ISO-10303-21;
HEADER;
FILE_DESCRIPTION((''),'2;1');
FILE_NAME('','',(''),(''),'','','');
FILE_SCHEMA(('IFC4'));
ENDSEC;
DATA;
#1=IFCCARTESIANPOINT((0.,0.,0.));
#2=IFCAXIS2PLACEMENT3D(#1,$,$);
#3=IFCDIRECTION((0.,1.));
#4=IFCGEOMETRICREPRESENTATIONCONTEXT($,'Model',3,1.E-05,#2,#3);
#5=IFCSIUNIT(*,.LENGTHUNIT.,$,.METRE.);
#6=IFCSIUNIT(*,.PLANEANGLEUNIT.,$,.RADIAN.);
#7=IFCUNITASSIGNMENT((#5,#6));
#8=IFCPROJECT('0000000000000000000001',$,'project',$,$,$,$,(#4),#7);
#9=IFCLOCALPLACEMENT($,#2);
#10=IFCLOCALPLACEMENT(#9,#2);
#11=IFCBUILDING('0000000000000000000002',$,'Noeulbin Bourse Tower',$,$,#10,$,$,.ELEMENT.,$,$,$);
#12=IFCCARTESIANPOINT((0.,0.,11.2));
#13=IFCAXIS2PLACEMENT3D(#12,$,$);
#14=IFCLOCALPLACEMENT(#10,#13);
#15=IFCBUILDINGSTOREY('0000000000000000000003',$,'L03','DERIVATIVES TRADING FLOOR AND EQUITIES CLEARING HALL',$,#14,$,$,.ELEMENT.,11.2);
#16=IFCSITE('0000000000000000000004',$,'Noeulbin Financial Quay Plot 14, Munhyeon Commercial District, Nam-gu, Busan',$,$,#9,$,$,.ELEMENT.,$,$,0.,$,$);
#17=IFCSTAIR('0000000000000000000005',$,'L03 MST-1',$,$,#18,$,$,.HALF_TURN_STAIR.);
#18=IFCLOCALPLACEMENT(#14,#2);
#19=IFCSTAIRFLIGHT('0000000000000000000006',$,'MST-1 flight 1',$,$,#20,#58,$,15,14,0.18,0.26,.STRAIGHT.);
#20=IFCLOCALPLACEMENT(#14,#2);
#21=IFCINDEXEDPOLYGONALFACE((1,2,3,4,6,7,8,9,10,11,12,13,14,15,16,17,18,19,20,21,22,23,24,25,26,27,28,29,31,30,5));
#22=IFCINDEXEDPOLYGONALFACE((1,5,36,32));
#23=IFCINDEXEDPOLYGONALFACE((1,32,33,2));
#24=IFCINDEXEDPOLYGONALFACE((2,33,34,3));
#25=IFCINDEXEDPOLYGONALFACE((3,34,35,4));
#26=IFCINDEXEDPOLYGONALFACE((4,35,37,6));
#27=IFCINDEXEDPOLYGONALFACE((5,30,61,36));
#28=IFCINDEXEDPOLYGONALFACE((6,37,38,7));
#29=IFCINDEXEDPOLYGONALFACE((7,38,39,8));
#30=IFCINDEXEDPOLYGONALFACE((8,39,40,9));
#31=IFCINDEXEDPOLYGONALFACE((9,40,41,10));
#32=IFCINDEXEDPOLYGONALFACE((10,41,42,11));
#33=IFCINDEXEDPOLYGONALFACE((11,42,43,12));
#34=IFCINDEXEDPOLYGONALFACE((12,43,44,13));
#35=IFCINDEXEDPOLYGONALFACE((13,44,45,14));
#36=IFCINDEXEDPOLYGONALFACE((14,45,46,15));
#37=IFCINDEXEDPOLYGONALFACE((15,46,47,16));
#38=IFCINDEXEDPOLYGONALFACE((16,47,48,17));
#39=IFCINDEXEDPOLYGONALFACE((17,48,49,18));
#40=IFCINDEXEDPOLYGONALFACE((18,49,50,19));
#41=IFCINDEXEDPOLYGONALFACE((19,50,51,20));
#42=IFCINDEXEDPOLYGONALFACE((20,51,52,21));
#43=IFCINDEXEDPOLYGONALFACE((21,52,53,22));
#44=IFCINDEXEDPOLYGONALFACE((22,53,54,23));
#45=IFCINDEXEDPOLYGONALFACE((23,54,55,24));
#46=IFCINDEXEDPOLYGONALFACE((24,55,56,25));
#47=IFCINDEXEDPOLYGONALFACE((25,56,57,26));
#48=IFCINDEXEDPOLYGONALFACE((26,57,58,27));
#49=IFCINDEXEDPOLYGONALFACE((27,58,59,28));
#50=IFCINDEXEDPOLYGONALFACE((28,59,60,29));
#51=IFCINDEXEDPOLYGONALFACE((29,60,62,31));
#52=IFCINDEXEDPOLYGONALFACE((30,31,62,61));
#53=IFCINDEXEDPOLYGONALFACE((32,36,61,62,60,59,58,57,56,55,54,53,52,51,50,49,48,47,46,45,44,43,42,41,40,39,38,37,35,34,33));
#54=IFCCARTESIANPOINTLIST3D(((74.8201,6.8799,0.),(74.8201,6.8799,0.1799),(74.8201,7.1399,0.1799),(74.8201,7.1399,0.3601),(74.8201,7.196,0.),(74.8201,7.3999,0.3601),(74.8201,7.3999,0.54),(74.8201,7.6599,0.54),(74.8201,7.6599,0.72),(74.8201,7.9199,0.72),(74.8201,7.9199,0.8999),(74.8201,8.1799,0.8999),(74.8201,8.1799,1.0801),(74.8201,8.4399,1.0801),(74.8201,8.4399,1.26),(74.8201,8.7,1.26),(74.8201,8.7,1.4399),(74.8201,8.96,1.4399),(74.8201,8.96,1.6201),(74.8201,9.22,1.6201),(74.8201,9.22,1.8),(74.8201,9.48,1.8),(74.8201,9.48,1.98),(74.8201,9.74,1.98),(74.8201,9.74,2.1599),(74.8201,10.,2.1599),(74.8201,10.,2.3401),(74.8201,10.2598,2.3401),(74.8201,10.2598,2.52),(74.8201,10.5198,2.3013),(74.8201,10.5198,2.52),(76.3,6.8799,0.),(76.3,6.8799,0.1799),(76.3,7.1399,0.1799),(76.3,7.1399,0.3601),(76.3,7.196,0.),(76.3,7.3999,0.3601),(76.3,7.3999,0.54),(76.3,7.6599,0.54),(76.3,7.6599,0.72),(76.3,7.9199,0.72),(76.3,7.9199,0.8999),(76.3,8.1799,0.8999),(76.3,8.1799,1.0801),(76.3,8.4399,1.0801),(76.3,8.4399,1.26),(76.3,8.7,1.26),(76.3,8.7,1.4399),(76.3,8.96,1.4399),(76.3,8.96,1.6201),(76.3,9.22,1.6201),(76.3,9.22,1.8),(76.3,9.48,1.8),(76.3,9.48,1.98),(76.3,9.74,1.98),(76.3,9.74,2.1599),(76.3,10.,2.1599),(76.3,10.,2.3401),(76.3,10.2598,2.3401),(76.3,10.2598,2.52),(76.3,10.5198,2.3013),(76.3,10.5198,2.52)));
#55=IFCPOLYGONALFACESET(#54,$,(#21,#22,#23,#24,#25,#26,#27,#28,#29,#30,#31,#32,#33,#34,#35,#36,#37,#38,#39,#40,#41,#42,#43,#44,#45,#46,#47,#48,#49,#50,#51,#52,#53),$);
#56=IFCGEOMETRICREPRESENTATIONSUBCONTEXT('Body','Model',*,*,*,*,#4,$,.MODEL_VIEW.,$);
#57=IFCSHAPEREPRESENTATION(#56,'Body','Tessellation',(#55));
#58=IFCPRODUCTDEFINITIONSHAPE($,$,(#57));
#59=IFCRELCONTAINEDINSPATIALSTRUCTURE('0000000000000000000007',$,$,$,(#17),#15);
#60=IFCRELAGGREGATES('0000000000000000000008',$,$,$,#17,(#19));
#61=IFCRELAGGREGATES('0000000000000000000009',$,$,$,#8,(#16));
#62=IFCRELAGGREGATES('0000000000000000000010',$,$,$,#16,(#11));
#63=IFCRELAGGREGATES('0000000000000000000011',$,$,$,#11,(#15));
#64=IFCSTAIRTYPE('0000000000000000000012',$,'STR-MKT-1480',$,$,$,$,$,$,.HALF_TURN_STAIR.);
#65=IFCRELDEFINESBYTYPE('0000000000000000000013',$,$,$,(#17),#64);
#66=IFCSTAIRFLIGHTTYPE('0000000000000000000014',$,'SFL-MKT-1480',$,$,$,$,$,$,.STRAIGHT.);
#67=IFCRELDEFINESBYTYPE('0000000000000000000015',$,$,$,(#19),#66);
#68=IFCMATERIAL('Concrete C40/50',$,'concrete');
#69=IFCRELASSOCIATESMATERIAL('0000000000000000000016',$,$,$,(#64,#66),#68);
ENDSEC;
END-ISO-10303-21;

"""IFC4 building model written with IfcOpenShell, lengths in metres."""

from ifc_helpers import new_model, si_unit, direction, frame, origin, place, context, subcontext, project, spatial, polyline, outline, extrude, material, type_object, element, aggregate, save


model = new_model("IFC4")

# Units and contexts
model_context = context("Model", 3, precision=1e-05, world=origin(), true_north=direction((0.0, 1.0)))
body_context = subcontext(model_context, "Body", "Model", "MODEL_VIEW")
ifc_project = project(units=[si_unit("LENGTHUNIT", "METRE"), si_unit("PLANEANGLEUNIT", "RADIAN")], contexts=[model_context])

# Site, building, storey
site_placement = place(None, origin())
site = spatial("IfcSite", under=ifc_project, at=site_placement, Name="Noeulbin Financial Quay Plot 14, Munhyeon Commercial District, Nam-gu, Busan", CompositionType="ELEMENT", RefElevation=0.0)
building_placement = place(site_placement, origin())
building = spatial("IfcBuilding", under=site, at=building_placement, Name="Noeulbin Bourse Tower", CompositionType="ELEMENT")
storey_placement = place(building_placement, frame((0.0, 0.0, 11.2)))
storey = spatial("IfcBuildingStorey", under=building, at=storey_placement, Name="L03", Description="DERIVATIVES TRADING FLOOR AND EQUITIES CLEARING HALL", CompositionType="ELEMENT", Elevation=11.2)

# Shared definitions
ifc_material_1 = material(Name="Concrete C40/50", Category="concrete")

# Stair, stair flight
stair_type = type_object("IfcStairType", Name="STR-MKT-1480", PredefinedType="HALF_TURN_STAIR", material=ifc_material_1)
stair_placement = place(storey_placement, origin())
stair = element("IfcStair", 1, at=stair_placement, inside=storey, type_object=stair_type, Name="L03 MST-1", PredefinedType="HALF_TURN_STAIR")
stair_flight_type = type_object("IfcStairFlightType", Name="SFL-MKT-1480", PredefinedType="STRAIGHT", material=ifc_material_1)
stair_flight_placement = place(storey_placement, frame((75.5601, 6.8799, 0.0), z_axis=(0.0, 0.0, 1.0), x_axis=(0.0, 1.0, 0.0)))
stair_flight = element("IfcStairFlight", 2, at=stair_flight_placement, type_object=stair_flight_type, Name="MST-1 flight 1", NumberOfRisers=15, NumberOfTreads=14, PredefinedType="STRAIGHT", RiserHeight=0.18, TreadLength=0.26, context=body_context, shape_type="SweptSolid", body=[
    extrude(outline(polyline([(0.0, 0.0), (0.0, 0.1799), (0.26, 0.1799), (0.26, 0.3601), (0.52, 0.3601), (0.52, 0.54), (0.78, 0.54), (0.78, 0.72), (1.04, 0.72), (1.04, 0.8999), (1.3, 0.8999), (1.3, 1.0801), (1.5601, 1.0801), (1.5601, 1.26), (1.8201, 1.26), (1.8201, 1.4399), (2.0801, 1.4399), (2.0801, 1.6201), (2.3401, 1.6201), (2.3401, 1.8), (2.6001, 1.8), (2.6001, 1.98), (2.8601, 1.98), (2.8601, 2.1599), (3.1201, 2.1599), (3.1201, 2.3401), (3.3799, 2.3401), (3.3799, 2.52), (3.6399, 2.52), (3.6399, 2.7), (3.6399, 2.3013), (0.3162, 0.0), (0.0, 0.0)])), frame((0.0, 0.74, 0.0), z_axis=(0.0, -1.0, 0.0), x_axis=(1.0, 0.0, 0.0)), (0.0, 0.0, 1.0), 1.48),
])
aggregate(stair, [stair_flight])

save(model, "model.ifc")
